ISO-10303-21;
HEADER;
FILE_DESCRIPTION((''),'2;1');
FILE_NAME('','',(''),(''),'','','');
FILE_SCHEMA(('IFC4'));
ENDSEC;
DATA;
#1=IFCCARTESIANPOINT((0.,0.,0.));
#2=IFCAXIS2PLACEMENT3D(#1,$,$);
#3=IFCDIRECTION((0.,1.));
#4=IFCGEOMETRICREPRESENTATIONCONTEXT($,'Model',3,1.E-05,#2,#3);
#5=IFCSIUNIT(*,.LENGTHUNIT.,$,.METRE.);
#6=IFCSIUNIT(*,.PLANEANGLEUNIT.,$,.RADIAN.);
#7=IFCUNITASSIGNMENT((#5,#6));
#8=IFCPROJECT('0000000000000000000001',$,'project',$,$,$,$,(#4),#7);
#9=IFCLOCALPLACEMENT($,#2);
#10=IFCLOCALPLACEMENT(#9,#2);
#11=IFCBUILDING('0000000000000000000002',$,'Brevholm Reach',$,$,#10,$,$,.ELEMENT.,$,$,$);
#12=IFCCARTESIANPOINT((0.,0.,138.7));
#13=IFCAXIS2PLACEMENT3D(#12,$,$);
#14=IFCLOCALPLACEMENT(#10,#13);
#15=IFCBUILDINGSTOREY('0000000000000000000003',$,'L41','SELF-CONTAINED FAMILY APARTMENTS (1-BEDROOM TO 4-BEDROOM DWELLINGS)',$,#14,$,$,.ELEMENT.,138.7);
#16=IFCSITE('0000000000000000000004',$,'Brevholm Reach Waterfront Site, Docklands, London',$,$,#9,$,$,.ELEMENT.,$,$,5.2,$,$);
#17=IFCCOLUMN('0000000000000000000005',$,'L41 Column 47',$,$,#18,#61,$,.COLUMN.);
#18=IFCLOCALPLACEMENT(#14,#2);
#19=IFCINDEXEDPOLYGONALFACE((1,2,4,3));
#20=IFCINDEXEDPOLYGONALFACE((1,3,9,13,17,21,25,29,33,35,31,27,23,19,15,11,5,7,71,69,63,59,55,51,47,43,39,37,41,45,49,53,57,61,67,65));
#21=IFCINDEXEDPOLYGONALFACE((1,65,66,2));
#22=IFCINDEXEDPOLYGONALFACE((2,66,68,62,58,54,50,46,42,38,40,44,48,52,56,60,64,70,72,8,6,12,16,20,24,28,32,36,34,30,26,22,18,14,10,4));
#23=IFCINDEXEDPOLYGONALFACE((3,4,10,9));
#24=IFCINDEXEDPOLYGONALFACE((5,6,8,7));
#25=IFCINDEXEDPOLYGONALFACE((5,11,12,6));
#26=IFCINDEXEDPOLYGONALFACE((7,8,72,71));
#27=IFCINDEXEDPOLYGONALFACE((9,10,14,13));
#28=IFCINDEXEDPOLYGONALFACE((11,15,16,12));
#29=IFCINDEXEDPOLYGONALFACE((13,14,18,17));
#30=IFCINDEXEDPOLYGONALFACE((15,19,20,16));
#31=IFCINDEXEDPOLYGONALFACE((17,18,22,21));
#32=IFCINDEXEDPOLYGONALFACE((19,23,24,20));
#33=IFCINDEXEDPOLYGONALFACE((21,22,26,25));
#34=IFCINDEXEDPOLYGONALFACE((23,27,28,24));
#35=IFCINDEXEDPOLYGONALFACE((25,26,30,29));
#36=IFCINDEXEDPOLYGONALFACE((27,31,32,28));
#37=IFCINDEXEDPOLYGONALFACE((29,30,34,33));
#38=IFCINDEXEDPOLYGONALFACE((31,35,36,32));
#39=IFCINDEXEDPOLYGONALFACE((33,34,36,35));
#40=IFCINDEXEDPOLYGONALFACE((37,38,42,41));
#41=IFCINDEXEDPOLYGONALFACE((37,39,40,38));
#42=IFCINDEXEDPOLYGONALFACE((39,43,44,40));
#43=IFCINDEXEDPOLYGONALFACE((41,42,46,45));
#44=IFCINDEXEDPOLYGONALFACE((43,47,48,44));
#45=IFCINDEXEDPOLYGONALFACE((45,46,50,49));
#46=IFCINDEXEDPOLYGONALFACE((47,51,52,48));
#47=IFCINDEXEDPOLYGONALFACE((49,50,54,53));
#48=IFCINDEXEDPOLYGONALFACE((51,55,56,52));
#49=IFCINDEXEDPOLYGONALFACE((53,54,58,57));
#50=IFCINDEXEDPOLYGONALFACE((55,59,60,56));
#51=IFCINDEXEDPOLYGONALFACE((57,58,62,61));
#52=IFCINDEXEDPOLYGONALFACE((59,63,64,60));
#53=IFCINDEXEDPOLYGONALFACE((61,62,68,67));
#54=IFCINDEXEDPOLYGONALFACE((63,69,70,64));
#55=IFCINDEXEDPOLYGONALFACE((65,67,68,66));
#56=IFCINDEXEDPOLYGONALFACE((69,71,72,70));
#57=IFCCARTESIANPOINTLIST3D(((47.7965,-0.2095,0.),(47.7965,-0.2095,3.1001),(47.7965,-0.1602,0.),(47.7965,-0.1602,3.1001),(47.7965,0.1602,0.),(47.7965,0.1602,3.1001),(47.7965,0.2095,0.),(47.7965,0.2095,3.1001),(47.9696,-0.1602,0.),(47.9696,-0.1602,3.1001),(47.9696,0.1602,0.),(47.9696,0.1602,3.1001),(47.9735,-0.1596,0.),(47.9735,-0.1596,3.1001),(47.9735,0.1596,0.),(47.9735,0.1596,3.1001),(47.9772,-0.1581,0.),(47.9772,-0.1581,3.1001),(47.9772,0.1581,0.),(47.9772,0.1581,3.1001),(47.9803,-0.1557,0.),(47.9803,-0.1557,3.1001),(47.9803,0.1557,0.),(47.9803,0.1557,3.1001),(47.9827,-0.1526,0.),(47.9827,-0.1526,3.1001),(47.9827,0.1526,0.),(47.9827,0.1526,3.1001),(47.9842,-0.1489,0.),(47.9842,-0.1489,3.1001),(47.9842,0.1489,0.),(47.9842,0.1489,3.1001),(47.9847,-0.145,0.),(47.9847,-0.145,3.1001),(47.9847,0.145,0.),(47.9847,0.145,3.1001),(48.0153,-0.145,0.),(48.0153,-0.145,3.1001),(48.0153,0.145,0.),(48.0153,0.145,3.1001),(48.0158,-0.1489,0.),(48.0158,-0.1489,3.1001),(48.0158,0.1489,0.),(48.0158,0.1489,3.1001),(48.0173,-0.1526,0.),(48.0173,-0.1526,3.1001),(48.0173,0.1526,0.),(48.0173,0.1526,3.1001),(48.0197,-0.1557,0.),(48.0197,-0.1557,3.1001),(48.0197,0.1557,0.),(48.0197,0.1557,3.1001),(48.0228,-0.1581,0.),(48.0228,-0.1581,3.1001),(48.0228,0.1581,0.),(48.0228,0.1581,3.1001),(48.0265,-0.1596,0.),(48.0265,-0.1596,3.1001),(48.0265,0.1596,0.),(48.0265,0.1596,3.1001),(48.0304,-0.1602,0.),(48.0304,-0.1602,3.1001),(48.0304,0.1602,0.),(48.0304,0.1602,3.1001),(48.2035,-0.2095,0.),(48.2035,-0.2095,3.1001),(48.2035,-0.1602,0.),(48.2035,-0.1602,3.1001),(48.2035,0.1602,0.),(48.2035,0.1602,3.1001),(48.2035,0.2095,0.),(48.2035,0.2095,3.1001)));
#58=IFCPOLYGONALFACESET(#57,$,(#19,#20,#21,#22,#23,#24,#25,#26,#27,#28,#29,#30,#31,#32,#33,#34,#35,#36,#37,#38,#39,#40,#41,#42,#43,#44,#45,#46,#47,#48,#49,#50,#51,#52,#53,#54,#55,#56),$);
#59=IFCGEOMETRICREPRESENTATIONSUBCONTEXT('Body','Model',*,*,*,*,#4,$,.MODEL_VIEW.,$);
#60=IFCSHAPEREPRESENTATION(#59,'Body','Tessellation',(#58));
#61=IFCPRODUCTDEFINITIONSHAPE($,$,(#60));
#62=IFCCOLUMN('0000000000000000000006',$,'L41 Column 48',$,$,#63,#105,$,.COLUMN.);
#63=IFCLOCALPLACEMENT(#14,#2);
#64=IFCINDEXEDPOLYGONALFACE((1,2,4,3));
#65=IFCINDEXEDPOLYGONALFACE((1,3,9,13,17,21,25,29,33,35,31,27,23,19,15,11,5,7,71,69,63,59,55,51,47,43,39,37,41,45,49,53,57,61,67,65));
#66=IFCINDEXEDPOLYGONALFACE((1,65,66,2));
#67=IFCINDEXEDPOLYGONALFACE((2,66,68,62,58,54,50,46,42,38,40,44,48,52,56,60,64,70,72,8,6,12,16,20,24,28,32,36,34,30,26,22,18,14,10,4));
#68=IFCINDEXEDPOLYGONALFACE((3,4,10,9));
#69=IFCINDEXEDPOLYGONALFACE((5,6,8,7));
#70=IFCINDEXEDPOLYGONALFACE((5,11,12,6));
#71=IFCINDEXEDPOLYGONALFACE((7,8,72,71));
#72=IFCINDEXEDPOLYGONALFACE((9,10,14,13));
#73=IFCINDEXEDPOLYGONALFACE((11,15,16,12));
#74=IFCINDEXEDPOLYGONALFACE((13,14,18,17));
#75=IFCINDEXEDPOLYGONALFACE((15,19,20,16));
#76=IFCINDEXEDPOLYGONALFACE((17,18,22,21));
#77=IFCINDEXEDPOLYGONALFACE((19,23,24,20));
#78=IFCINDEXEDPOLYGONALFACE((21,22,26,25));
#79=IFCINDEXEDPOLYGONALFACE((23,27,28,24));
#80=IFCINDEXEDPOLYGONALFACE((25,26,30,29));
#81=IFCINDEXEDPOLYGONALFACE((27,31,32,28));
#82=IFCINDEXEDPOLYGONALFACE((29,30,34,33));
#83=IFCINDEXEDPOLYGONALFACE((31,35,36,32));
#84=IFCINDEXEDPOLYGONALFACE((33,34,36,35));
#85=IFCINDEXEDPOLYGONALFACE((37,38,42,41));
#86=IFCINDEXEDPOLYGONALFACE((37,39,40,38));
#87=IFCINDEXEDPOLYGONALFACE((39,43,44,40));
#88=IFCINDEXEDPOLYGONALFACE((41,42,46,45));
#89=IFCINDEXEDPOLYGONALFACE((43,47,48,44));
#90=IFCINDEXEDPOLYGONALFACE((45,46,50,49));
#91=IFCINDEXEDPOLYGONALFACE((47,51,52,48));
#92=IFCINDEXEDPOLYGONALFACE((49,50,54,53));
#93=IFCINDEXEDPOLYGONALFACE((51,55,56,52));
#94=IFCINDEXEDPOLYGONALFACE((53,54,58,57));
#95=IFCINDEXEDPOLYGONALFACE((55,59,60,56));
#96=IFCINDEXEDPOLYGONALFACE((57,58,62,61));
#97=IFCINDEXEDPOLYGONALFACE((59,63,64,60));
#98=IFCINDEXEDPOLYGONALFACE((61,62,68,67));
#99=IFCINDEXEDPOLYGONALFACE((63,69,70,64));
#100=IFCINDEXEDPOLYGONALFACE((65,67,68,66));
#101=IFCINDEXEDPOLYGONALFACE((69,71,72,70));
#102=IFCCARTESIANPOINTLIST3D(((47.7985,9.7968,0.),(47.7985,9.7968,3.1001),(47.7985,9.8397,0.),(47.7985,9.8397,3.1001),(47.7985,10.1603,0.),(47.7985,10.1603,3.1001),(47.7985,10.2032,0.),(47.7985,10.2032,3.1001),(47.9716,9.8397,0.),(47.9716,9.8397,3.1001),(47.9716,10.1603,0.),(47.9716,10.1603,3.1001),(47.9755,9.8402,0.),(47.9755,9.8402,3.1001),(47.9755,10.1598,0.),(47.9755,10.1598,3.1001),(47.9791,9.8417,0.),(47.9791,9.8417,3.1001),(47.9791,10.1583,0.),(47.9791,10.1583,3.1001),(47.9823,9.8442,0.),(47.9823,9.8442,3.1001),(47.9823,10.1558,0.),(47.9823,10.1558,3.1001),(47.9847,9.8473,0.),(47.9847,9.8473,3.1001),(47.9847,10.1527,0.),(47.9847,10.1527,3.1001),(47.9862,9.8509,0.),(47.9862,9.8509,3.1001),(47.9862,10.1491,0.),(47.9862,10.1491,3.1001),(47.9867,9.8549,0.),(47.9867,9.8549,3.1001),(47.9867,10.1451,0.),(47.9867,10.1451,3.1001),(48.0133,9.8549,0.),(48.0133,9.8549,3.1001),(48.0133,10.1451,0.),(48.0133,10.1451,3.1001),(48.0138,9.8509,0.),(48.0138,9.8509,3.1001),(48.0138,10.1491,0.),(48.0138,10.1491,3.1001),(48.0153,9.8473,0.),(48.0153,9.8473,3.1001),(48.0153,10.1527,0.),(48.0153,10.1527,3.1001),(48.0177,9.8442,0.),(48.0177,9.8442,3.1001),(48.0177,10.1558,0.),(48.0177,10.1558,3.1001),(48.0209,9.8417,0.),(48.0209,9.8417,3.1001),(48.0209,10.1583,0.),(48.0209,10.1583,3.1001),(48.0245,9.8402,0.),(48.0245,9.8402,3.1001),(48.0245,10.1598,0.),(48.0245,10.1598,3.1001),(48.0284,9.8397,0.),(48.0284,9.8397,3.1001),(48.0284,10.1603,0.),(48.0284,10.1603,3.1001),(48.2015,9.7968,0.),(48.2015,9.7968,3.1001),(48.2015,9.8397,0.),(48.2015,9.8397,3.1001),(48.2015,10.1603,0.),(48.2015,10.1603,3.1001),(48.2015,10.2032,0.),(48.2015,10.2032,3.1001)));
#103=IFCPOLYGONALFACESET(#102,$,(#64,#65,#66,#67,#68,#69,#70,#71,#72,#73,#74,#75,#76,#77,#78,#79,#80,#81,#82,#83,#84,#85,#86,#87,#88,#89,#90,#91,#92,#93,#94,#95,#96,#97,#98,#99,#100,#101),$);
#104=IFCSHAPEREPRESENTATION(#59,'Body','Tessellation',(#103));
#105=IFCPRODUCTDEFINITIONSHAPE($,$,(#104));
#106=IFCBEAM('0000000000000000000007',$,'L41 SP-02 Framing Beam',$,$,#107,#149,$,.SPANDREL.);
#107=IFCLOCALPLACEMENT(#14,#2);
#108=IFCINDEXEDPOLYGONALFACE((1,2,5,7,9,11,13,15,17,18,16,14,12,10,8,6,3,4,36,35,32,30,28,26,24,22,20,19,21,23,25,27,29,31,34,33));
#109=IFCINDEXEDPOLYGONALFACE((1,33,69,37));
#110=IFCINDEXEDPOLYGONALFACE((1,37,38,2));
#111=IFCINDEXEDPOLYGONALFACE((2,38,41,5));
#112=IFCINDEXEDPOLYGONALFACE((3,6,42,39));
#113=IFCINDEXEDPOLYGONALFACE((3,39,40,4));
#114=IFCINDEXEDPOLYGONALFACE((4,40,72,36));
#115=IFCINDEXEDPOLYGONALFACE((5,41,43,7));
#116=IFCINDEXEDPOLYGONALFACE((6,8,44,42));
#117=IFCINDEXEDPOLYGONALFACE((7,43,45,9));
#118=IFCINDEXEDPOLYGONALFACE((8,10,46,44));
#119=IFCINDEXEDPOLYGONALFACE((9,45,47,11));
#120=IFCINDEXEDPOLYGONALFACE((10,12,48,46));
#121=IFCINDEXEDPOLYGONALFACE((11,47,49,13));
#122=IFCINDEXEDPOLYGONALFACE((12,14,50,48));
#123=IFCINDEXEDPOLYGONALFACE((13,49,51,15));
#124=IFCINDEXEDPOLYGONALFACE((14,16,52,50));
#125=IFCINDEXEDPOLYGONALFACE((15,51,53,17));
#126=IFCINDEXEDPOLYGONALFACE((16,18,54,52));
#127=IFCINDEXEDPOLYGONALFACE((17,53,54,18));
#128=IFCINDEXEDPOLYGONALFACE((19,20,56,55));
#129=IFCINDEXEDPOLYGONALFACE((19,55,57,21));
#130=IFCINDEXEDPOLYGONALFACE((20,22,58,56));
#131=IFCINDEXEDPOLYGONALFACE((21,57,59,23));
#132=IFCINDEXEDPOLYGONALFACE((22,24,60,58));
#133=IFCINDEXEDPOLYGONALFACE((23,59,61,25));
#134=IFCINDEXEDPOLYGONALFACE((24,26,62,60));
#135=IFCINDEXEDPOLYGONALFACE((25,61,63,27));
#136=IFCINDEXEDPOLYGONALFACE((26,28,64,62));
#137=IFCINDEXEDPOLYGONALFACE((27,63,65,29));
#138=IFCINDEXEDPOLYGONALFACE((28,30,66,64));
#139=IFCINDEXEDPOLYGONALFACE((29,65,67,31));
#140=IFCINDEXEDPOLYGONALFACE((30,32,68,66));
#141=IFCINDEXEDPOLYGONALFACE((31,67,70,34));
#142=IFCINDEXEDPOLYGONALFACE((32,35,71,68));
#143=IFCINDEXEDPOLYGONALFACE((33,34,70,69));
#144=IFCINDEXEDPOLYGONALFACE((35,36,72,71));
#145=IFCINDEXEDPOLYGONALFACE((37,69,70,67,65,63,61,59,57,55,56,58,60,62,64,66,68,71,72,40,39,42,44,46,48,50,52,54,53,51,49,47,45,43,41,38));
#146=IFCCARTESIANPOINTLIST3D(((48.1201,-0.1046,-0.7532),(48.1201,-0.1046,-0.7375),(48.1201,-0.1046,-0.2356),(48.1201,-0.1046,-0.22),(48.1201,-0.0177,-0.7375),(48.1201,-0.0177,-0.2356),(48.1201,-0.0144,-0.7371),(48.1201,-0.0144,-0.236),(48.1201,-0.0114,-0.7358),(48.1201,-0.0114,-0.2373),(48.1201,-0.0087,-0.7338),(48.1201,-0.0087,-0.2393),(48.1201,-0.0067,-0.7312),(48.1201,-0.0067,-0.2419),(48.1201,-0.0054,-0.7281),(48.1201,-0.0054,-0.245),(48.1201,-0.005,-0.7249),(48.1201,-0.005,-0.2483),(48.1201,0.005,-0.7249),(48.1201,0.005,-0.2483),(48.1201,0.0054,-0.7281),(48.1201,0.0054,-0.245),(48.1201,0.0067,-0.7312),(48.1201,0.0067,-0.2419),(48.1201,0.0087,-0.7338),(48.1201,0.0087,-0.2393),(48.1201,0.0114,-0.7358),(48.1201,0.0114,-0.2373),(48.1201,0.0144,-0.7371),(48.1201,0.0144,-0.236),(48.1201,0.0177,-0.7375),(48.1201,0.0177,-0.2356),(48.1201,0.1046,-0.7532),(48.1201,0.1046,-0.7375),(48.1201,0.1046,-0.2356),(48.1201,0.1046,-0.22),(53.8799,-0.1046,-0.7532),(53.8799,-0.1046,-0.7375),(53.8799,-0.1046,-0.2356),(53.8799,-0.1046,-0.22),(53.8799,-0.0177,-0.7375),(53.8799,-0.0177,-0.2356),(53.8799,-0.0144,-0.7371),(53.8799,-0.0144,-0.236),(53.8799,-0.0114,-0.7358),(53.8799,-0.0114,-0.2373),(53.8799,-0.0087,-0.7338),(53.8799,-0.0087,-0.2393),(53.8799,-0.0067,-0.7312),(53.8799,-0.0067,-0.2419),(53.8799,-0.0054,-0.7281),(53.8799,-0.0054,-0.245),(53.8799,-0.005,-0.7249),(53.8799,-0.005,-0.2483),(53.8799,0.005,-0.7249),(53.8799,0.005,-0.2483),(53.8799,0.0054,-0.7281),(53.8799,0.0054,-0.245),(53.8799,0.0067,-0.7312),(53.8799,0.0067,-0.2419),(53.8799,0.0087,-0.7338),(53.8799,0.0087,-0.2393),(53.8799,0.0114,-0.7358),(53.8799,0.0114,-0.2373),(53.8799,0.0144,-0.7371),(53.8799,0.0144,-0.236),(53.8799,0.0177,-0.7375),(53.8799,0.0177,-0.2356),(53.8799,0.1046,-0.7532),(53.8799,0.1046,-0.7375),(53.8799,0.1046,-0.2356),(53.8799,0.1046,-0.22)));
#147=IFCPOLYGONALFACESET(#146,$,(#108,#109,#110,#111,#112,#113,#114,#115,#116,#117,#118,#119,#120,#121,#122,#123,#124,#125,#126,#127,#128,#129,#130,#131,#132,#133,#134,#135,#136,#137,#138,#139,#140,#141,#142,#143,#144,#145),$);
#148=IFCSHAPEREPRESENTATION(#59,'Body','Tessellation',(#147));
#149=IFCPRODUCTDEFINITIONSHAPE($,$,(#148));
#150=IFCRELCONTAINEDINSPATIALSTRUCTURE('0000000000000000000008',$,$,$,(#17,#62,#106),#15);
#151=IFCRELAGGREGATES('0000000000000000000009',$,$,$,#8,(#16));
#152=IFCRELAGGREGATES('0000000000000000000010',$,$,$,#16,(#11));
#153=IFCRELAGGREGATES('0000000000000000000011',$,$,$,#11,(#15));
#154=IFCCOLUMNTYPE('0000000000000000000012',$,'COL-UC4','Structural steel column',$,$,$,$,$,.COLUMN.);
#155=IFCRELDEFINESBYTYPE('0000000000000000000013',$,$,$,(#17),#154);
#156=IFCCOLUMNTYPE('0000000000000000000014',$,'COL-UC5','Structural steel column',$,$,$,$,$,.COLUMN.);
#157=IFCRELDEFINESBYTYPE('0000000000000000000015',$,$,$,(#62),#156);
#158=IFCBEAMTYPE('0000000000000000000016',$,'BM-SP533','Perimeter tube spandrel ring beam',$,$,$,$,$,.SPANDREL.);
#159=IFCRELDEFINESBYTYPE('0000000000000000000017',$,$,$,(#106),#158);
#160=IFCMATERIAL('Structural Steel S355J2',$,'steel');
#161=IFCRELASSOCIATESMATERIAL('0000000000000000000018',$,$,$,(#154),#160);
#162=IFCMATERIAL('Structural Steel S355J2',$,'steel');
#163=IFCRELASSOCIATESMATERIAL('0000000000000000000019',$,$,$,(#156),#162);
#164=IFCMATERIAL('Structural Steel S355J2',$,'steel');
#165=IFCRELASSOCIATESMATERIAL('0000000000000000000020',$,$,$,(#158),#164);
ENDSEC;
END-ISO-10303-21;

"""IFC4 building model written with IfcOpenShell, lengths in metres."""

from ifc_helpers import new_model, si_unit, direction, frame, origin, origin_2d, place, context, subcontext, project, spatial, i_section, extrude, material, material_profile, profile_set, type_object, element, save


model = new_model("IFC4")

# Units and contexts
model_context = context("Model", 3, precision=1e-05, world=origin(), true_north=direction((0.0, 1.0)))
body_context = subcontext(model_context, "Body", "Model", "MODEL_VIEW")
ifc_project = project(units=[si_unit("LENGTHUNIT", "METRE"), si_unit("PLANEANGLEUNIT", "RADIAN")], contexts=[model_context])

# Site, building, storey
site_placement = place(None, origin())
site = spatial("IfcSite", under=ifc_project, at=site_placement, Name="Brevholm Reach Waterfront Site, Docklands, London", CompositionType="ELEMENT", RefElevation=5.2)
building_placement = place(site_placement, origin())
building = spatial("IfcBuilding", under=site, at=building_placement, Name="Brevholm Reach", CompositionType="ELEMENT")
storey_placement = place(building_placement, frame((0.0, 0.0, 138.7)))
storey = spatial("IfcBuildingStorey", under=building, at=storey_placement, Name="L41", Description="SELF-CONTAINED FAMILY APARTMENTS (1-BEDROOM TO 4-BEDROOM DWELLINGS)", CompositionType="ELEMENT", Elevation=138.7)

# Columns
ifc_material_1 = material(Name="Structural Steel S355J2", Category="steel")
ifc_material_profile_1 = material_profile(ifc_material_1, i_section(OverallWidth=0.407, OverallDepth=0.4189, WebThickness=0.0305, FlangeThickness=0.0493, FilletRadius=0.0151, at=origin_2d()), Name="UKC 356x406x393")
ifc_profile_set_1 = profile_set([ifc_material_profile_1], Name="Structural Steel S355J2")
column_type_1 = type_object("IfcColumnType", Name="COL-UC4", Description="Structural steel column", PredefinedType="COLUMN", material=ifc_profile_set_1)
column_1_placement = place(storey_placement, frame((48.0, 0.0, 0.0), z_axis=(0.0, 0.0, 1.0), x_axis=(1.0, 0.0, 0.0)))
element("IfcColumn", 1, at=column_1_placement, inside=storey, type_object=column_type_1, Name="L41 Column 47", PredefinedType="COLUMN", context=body_context, shape_type="SweptSolid", body=[
    extrude(i_section(OverallWidth=0.407, OverallDepth=0.4189, WebThickness=0.0305, FlangeThickness=0.0493, FilletRadius=0.0151, at=origin_2d()), origin(), (0.0, 0.0, 1.0), 3.1001),
])
ifc_material_2 = material(Name="Structural Steel S355J2", Category="steel")
ifc_material_profile_2 = material_profile(ifc_material_2, i_section(OverallWidth=0.4031, OverallDepth=0.4065, WebThickness=0.0266, FlangeThickness=0.043, FilletRadius=0.0151, at=origin_2d()), Name="UKC 356x406x340")
ifc_profile_set_2 = profile_set([ifc_material_profile_2], Name="Structural Steel S355J2")
column_type_2 = type_object("IfcColumnType", Name="COL-UC5", Description="Structural steel column", PredefinedType="COLUMN", material=ifc_profile_set_2)
column_2_placement = place(storey_placement, frame((48.0, 10.0, 0.0), z_axis=(0.0, 0.0, 1.0), x_axis=(1.0, 0.0, 0.0)))
element("IfcColumn", 2, at=column_2_placement, inside=storey, type_object=column_type_2, Name="L41 Column 48", PredefinedType="COLUMN", context=body_context, shape_type="SweptSolid", body=[
    extrude(i_section(OverallWidth=0.4031, OverallDepth=0.4065, WebThickness=0.0266, FlangeThickness=0.043, FilletRadius=0.0151, at=origin_2d()), origin(), (0.0, 0.0, 1.0), 3.1001),
])

# Beam
ifc_material_3 = material(Name="Structural Steel S355J2", Category="steel")
ifc_material_profile_3 = material_profile(ifc_material_3, i_section(OverallWidth=0.2092, OverallDepth=0.5332, WebThickness=0.01, FlangeThickness=0.0156, FilletRadius=0.0127, at=origin_2d()), Name="UKB 533x210x92")
ifc_profile_set_3 = profile_set([ifc_material_profile_3], Name="Structural Steel S355J2")
beam_type_1 = type_object("IfcBeamType", Name="BM-SP533", Description="Perimeter tube spandrel ring beam", PredefinedType="SPANDREL", material=ifc_profile_set_3)
beam_1_placement = place(storey_placement, frame((48.1201, 0.0, -0.4866), z_axis=(1.0, 0.0, 0.0), x_axis=(0.0, 1.0, 0.0)))
element("IfcBeam", 3, at=beam_1_placement, inside=storey, type_object=beam_type_1, Name="L41 SP-02 Framing Beam", PredefinedType="SPANDREL", context=body_context, shape_type="SweptSolid", body=[
    extrude(i_section(OverallWidth=0.2092, OverallDepth=0.5332, WebThickness=0.01, FlangeThickness=0.0156, FilletRadius=0.0127, at=origin_2d()), origin(), (0.0, 0.0, 1.0), 5.7598),
])

save(model, "model.ifc")
